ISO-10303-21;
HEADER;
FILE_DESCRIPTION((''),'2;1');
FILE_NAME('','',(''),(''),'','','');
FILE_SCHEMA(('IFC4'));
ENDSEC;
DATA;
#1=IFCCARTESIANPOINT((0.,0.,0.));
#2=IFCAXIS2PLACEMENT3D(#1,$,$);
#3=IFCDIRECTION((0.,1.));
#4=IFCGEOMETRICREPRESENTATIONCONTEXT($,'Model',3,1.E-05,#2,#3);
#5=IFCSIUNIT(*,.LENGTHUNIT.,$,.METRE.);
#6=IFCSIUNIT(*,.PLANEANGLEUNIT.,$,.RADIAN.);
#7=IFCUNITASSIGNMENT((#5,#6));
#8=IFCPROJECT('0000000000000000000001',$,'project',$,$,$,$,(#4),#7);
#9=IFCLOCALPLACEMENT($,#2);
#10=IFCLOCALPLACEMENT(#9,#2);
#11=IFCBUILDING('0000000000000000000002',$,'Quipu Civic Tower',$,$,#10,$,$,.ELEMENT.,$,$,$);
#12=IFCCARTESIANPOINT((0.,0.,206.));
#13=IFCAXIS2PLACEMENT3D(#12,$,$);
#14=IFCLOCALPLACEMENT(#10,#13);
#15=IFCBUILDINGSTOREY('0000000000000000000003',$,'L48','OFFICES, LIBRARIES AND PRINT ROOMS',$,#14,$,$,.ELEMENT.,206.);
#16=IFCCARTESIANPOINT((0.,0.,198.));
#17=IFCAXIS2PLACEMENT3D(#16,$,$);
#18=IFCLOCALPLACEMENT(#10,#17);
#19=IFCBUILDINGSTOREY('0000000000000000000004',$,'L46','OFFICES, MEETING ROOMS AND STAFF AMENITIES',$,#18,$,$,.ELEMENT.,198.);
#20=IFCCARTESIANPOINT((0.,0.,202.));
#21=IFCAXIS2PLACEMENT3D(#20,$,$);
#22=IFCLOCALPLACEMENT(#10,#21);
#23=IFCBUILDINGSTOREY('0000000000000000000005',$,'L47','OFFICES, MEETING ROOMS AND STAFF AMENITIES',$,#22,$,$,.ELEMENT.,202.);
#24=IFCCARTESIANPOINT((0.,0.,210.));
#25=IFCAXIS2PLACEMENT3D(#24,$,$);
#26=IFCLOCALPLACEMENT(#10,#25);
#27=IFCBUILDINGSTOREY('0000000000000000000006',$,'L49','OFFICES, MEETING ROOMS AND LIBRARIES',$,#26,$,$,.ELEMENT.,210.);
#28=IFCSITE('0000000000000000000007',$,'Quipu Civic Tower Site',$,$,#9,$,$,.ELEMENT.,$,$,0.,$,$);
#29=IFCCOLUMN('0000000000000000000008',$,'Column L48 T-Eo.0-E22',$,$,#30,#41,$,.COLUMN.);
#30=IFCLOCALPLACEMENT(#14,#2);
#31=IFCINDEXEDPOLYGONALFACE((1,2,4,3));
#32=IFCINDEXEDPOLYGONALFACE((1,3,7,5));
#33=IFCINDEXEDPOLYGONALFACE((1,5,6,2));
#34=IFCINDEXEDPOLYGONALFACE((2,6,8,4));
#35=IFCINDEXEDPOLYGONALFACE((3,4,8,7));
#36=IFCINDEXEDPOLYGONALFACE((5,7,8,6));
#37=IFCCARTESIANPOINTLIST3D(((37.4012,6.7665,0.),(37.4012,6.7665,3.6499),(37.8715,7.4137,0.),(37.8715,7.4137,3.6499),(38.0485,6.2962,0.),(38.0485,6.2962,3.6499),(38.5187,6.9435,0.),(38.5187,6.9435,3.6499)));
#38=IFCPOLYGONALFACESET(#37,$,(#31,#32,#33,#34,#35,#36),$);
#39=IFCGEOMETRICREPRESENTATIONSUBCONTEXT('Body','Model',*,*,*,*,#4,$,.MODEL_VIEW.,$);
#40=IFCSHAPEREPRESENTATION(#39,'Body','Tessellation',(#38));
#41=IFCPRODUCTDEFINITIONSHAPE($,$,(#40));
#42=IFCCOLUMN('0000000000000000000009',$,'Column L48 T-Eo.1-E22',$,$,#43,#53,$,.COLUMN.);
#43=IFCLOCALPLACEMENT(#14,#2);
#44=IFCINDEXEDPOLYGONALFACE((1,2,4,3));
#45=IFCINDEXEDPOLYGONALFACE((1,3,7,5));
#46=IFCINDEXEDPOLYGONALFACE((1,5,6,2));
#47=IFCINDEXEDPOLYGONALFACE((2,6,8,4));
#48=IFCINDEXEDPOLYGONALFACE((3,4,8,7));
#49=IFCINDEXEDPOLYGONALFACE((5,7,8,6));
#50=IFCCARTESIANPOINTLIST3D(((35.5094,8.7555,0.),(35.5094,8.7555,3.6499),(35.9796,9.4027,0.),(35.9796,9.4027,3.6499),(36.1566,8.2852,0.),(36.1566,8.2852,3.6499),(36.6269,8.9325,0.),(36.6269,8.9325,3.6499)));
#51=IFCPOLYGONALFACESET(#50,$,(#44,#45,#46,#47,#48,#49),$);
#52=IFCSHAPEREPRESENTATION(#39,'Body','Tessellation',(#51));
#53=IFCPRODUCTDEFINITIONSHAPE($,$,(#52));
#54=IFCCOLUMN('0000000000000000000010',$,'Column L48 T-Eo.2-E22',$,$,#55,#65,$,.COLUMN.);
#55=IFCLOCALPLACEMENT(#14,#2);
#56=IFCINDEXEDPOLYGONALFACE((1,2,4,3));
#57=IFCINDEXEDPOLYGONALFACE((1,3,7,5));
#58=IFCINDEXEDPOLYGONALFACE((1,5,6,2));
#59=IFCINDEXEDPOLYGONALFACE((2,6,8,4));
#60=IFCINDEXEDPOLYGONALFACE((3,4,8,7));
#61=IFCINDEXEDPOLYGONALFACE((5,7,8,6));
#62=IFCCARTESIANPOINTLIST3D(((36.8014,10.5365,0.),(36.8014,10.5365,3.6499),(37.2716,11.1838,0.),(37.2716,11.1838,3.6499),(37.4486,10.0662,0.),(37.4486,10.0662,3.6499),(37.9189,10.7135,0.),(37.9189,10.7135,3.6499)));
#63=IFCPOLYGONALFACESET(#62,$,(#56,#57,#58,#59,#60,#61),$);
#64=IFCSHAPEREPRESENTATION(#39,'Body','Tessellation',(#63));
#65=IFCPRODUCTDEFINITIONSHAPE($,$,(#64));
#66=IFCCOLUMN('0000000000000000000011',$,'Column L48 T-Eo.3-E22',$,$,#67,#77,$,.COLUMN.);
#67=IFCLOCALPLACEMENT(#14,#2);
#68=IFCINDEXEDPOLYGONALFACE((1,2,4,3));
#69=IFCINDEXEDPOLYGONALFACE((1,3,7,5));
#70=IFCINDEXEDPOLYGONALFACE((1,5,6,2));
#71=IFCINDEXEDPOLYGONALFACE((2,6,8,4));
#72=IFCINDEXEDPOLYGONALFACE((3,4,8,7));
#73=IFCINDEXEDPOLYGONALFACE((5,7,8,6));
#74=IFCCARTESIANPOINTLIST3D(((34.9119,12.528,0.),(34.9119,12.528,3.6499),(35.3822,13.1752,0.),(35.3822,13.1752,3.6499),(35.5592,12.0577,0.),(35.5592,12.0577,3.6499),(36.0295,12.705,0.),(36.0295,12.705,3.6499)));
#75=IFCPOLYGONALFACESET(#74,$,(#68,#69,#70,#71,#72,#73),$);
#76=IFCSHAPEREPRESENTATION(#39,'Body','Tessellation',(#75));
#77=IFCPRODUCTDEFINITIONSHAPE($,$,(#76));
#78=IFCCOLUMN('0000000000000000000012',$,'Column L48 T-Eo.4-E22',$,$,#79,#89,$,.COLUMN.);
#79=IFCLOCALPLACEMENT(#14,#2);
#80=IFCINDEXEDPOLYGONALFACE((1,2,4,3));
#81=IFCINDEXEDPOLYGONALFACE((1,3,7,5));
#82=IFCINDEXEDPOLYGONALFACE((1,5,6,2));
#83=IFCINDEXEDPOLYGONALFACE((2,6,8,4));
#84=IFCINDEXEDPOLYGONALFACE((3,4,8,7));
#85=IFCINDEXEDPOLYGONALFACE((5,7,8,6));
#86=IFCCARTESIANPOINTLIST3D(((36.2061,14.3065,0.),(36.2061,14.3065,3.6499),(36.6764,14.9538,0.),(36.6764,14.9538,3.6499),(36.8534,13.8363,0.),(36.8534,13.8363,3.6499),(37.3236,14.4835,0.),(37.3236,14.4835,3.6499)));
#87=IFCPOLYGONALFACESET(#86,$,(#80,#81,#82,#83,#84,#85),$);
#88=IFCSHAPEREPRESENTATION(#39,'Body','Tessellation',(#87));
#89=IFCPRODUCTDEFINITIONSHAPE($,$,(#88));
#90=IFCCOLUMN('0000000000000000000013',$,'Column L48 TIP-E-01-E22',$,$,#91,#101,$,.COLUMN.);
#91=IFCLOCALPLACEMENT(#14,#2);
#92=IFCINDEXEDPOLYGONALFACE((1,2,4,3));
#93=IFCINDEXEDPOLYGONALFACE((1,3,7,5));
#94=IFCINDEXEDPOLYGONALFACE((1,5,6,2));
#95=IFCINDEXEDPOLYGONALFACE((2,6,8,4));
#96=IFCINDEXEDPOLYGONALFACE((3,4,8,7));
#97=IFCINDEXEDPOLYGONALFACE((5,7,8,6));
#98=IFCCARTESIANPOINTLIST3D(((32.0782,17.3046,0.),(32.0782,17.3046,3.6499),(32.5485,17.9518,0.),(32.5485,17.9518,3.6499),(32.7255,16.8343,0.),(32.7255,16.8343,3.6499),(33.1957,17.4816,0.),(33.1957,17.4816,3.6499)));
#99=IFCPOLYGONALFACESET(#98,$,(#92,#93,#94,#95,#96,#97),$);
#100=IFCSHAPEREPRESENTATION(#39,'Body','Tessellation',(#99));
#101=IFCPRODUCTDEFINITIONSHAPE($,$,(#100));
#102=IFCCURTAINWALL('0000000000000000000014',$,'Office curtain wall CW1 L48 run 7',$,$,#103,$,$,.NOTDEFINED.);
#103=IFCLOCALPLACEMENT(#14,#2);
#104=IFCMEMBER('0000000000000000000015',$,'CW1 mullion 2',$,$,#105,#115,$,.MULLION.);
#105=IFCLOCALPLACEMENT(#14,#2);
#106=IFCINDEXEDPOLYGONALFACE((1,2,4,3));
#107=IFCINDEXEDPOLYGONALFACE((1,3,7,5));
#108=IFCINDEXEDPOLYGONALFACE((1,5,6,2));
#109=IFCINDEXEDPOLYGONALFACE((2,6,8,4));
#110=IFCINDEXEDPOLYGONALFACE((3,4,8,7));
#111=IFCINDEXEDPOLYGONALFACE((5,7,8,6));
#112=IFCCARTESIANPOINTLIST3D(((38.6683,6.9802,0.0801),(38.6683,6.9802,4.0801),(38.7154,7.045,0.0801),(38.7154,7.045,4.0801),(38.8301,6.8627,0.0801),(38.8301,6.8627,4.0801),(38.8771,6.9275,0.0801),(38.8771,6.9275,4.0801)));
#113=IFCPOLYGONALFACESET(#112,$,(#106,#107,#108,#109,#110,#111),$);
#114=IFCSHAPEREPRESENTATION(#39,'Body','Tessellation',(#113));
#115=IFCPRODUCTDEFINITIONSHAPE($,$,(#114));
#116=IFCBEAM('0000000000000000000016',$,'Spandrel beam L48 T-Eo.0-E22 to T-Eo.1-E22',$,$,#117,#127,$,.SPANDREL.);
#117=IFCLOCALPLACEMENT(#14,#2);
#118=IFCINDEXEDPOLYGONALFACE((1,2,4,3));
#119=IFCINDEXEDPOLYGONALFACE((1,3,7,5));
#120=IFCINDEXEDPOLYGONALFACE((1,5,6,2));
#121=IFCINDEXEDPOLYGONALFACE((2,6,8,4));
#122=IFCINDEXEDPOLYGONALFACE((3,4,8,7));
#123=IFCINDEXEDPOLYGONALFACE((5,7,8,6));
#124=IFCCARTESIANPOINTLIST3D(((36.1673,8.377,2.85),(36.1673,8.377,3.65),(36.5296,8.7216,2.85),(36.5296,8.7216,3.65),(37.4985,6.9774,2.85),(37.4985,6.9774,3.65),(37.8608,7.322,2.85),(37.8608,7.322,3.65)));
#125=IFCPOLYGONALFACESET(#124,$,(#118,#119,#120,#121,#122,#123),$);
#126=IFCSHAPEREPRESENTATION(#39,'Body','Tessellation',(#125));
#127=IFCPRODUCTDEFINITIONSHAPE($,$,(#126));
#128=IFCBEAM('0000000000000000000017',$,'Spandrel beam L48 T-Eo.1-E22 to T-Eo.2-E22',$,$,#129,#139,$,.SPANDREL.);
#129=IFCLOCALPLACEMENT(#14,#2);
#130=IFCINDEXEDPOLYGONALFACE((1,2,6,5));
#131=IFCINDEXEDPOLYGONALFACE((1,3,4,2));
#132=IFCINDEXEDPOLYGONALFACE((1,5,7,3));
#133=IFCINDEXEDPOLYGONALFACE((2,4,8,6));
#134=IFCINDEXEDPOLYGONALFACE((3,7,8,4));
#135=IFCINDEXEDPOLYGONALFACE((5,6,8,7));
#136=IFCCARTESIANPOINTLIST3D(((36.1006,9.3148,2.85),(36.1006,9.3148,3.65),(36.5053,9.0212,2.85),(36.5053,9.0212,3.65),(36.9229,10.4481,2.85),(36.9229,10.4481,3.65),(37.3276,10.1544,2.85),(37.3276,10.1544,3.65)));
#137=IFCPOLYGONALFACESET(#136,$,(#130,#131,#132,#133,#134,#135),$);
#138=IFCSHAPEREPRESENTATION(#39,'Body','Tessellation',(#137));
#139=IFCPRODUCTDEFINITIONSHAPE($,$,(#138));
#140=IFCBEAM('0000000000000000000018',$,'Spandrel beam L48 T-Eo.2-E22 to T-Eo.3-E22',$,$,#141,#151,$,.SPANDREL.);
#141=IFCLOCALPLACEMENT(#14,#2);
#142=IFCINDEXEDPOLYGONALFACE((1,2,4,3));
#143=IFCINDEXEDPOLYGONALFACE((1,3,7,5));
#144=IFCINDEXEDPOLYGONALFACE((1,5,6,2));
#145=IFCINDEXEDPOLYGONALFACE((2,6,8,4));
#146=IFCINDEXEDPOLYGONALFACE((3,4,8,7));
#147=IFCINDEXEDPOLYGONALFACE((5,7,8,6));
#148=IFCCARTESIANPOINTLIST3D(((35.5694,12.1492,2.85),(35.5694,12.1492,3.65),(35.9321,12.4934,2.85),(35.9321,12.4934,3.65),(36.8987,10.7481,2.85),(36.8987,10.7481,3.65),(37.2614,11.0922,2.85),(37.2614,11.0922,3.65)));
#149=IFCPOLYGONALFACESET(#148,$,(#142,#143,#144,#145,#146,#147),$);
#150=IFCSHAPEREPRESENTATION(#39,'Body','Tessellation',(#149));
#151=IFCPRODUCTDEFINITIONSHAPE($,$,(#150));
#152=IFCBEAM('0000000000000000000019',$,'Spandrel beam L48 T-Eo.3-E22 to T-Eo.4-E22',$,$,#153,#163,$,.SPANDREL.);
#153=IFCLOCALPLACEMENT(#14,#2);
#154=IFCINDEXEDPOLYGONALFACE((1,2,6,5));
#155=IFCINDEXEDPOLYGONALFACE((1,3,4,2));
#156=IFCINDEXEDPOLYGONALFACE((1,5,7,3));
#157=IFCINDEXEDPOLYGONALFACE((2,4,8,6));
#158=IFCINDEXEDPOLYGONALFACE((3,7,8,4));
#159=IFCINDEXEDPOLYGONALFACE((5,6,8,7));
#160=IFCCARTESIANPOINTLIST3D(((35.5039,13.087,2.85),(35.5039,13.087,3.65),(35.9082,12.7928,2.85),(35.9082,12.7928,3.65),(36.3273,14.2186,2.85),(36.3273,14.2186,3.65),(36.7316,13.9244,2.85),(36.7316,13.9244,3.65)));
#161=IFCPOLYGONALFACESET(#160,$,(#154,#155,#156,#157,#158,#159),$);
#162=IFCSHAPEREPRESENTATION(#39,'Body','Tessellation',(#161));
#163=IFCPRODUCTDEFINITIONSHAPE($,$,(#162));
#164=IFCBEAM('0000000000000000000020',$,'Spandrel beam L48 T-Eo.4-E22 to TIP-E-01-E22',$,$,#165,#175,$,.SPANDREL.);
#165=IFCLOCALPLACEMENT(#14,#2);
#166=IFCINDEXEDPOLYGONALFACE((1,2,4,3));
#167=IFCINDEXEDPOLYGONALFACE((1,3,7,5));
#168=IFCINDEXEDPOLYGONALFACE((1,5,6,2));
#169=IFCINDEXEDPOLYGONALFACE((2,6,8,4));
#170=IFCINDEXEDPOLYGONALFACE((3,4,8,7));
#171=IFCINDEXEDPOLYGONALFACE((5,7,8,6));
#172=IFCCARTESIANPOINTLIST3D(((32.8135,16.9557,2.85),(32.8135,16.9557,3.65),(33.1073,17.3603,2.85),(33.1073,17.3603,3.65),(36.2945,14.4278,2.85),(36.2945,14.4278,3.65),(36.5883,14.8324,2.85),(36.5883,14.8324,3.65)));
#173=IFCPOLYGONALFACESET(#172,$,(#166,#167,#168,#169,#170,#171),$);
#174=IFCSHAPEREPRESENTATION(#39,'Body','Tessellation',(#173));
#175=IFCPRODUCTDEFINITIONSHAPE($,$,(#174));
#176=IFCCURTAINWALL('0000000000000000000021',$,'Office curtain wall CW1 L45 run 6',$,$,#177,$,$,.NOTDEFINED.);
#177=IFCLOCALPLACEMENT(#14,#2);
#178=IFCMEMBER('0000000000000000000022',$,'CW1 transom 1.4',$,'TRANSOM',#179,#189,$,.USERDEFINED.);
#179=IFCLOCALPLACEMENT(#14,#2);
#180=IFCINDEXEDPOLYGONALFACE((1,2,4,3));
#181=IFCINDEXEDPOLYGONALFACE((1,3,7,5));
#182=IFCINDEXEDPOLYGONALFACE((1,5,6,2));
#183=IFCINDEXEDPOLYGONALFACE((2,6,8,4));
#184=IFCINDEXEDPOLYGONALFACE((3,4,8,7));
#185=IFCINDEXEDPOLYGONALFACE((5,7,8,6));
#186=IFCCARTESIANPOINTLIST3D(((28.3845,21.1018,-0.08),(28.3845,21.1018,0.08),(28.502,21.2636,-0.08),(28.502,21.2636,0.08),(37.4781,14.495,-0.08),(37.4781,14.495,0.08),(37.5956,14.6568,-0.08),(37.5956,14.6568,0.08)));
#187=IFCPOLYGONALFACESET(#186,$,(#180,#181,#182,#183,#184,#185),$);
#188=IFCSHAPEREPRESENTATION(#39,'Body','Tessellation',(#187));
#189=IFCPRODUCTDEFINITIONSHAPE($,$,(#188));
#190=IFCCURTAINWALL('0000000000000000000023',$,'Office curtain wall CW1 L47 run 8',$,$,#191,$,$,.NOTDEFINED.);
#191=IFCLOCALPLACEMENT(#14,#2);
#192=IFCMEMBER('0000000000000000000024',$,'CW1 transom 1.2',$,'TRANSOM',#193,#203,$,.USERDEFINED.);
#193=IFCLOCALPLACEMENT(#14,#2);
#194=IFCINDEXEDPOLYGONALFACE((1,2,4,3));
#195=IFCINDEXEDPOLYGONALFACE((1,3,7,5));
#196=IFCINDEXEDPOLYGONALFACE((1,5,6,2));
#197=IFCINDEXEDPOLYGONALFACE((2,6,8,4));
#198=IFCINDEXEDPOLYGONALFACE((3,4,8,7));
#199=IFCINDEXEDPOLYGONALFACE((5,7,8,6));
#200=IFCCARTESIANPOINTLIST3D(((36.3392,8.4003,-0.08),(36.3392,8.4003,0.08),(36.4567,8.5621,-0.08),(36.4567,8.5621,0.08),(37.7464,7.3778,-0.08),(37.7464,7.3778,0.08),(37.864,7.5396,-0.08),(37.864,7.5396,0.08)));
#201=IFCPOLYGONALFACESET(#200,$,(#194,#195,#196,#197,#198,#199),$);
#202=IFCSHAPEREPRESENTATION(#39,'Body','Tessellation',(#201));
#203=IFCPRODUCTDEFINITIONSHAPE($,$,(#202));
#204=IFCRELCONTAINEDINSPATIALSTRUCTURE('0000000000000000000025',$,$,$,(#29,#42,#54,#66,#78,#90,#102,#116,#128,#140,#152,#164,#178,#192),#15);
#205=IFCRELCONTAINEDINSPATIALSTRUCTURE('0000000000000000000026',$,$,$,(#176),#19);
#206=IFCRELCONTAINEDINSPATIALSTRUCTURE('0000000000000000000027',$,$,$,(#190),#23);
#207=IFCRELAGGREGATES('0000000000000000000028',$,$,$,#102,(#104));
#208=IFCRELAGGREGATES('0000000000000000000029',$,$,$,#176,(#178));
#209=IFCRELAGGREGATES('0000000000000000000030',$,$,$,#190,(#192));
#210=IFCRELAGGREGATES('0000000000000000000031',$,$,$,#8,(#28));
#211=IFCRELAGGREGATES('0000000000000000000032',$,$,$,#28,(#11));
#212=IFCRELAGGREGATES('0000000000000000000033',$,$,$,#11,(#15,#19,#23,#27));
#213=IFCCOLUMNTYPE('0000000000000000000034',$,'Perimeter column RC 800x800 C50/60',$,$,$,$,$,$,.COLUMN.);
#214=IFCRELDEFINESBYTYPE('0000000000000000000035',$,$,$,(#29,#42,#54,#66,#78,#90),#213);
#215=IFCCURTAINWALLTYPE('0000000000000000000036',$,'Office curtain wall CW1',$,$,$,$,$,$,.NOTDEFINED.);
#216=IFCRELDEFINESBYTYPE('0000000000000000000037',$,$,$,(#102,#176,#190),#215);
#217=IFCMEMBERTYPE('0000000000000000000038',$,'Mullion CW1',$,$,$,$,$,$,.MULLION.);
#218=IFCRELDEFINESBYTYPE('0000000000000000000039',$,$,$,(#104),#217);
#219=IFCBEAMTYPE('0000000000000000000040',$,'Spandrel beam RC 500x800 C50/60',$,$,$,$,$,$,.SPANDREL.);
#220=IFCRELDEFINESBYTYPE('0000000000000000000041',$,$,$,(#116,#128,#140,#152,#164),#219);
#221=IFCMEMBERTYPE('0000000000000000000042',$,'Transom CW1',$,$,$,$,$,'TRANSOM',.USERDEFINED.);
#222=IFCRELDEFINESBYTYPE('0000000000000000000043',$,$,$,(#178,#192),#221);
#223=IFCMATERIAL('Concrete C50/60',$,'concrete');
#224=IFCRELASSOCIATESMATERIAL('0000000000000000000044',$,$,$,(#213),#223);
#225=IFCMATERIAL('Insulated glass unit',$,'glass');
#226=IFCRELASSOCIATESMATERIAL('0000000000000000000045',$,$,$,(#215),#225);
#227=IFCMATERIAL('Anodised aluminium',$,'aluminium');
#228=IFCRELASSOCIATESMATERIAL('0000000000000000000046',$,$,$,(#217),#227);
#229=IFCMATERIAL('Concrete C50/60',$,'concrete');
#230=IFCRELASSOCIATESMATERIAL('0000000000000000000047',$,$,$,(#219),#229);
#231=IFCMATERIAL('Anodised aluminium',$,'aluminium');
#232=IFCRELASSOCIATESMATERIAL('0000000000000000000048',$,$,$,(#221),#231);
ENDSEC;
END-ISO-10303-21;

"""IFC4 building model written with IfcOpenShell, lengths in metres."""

from ifc_helpers import new_model, si_unit, direction, frame, origin, origin_2d, place, context, subcontext, project, spatial, rectangle, extrude, material, material_profile, profile_set, type_object, element, aggregate, save


model = new_model("IFC4")

# Units and contexts
model_context = context("Model", 3, precision=1e-05, world=origin(), true_north=direction((0.0, 1.0)))
body_context = subcontext(model_context, "Body", "Model", "MODEL_VIEW")
ifc_project = project(units=[si_unit("LENGTHUNIT", "METRE"), si_unit("PLANEANGLEUNIT", "RADIAN")], contexts=[model_context])

# Site, building, storey
site_placement = place(None, origin())
site = spatial("IfcSite", under=ifc_project, at=site_placement, Name="Quipu Civic Tower Site", CompositionType="ELEMENT", RefElevation=0.0)
building_placement = place(site_placement, origin())
building = spatial("IfcBuilding", under=site, at=building_placement, Name="Quipu Civic Tower", CompositionType="ELEMENT")
storey_1_placement = place(building_placement, frame((0.0, 0.0, 206.0)))
storey_1 = spatial("IfcBuildingStorey", under=building, at=storey_1_placement, Name="L48", Description="OFFICES, LIBRARIES AND PRINT ROOMS", CompositionType="ELEMENT", Elevation=206.0)

# Columns
ifc_material_1 = material(Name="Concrete C50/60", Category="concrete")
ifc_material_profile_1 = material_profile(ifc_material_1, rectangle(XDim=0.8, YDim=0.8, at=origin_2d()), Name="RC800x800")
ifc_profile_set_1 = profile_set([ifc_material_profile_1], Name="Concrete C50/60")
column_type = type_object("IfcColumnType", Name="Perimeter column RC 800x800 C50/60", PredefinedType="COLUMN", material=ifc_profile_set_1)
for number, where, z_axis, x_axis, name in (
    (1, (37.96, 6.855, 0.0), (0.0, 0.0, 1.0), (0.587785, 0.809017, 0.0), "Column L48 T-Eo.0-E22"),
    (2, (36.0681, 8.844, 0.0), (0.0, 0.0, 1.0), (0.587785, 0.809017, 0.0), "Column L48 T-Eo.1-E22"),
    (3, (37.3601, 10.625, 0.0), (0.0, 0.0, 1.0), (0.587785, 0.809017, 0.0), "Column L48 T-Eo.2-E22"),
    (4, (35.4707, 12.6165, 0.0), (0.0, 0.0, 1.0), (-0.809017, 0.587785, 0.0), "Column L48 T-Eo.3-E22"),
    (5, (36.7649, 14.395, 0.0), (0.0, 0.0, 1.0), (-0.809017, 0.587785, 0.0), "Column L48 T-Eo.4-E22"),
    (6, (32.637, 17.3931, 0.0), (0.0, 0.0, 1.0), (-0.809017, 0.587785, 0.0), "Column L48 TIP-E-01-E22"),
):
    element("IfcColumn", number, at=place(storey_1_placement, frame(where, z_axis=z_axis, x_axis=x_axis)), inside=storey_1, type_object=column_type, Name=name, PredefinedType="COLUMN", context=body_context, shape_type="SweptSolid", body=[
        extrude(rectangle(XDim=0.8, YDim=0.8, at=origin_2d()), origin(), (0.0, 0.0, 1.0), 3.6499),
    ])

# Curtain wall, member
ifc_material_2 = material(Name="Insulated glass unit", Category="glass")
curtain_wall_type = type_object("IfcCurtainWallType", Name="Office curtain wall CW1", PredefinedType="NOTDEFINED", material=ifc_material_2)
curtain_wall_1_placement = place(storey_1_placement, origin())
curtain_wall_1 = element("IfcCurtainWall", 7, at=curtain_wall_1_placement, inside=storey_1, type_object=curtain_wall_type, Name="Office curtain wall CW1 L48 run 7", PredefinedType="NOTDEFINED")
ifc_material_3 = material(Name="Anodised aluminium", Category="aluminium")
ifc_material_profile_2 = material_profile(ifc_material_3, rectangle(XDim=0.2, YDim=0.0801, at=origin_2d()), Name="RECT 200x80")
ifc_profile_set_2 = profile_set([ifc_material_profile_2], Name="Anodised aluminium")
member_type_1 = type_object("IfcMemberType", Name="Mullion CW1", PredefinedType="MULLION", material=ifc_profile_set_2)
member_1_placement = place(storey_1_placement, frame((38.7727, 6.9539, 0.0801), z_axis=(0.0, 0.0, 1.0), x_axis=(-0.809011, 0.587794, 0.0)))
member_1 = element("IfcMember", 8, at=member_1_placement, type_object=member_type_1, Name="CW1 mullion 2", PredefinedType="MULLION", context=body_context, shape_type="SweptSolid", body=[
    extrude(rectangle(XDim=0.2, YDim=0.0801, at=origin_2d()), origin(), (0.0, 0.0, 1.0), 4.0),
])
aggregate(curtain_wall_1, [member_1])

# Beams
ifc_material_4 = material(Name="Concrete C50/60", Category="concrete")
ifc_material_profile_3 = material_profile(ifc_material_4, rectangle(XDim=0.5, YDim=0.8, at=origin_2d()), Name="RC500x800")
ifc_profile_set_3 = profile_set([ifc_material_profile_3], Name="Concrete C50/60")
beam_type = type_object("IfcBeamType", Name="Spandrel beam RC 500x800 C50/60", PredefinedType="SPANDREL", material=ifc_profile_set_3)
beam_1_placement = place(storey_1_placement, frame((37.6797, 7.1497, 3.25), z_axis=(-0.689191, 0.72458, 0.0), x_axis=(-0.72458, -0.689191, 0.0)))
element("IfcBeam", 9, at=beam_1_placement, inside=storey_1, type_object=beam_type, Name="Spandrel beam L48 T-Eo.0-E22 to T-Eo.1-E22", PredefinedType="SPANDREL", context=body_context, shape_type="SweptSolid", body=[
    extrude(rectangle(XDim=0.5, YDim=0.8, at=origin_2d()), origin(), (0.0, 0.0, 1.0), 1.9316),
])
beam_2_placement = place(storey_1_placement, frame((36.303, 9.168, 3.25), z_axis=(0.587259, 0.809399, 0.0), x_axis=(-0.809399, 0.587259, 0.0)))
element("IfcBeam", 10, at=beam_2_placement, inside=storey_1, type_object=beam_type, Name="Spandrel beam L48 T-Eo.1-E22 to T-Eo.2-E22", PredefinedType="SPANDREL", context=body_context, shape_type="SweptSolid", body=[
    extrude(rectangle(XDim=0.5, YDim=0.8, at=origin_2d()), origin(), (0.0, 0.0, 1.0), 1.4001),
])
beam_3_placement = place(storey_1_placement, frame((37.0801, 10.9202, 3.25), z_axis=(-0.688281, 0.725444, 0.0), x_axis=(-0.725444, -0.688281, 0.0)))
element("IfcBeam", 11, at=beam_3_placement, inside=storey_1, type_object=beam_type, Name="Spandrel beam L48 T-Eo.2-E22 to T-Eo.3-E22", PredefinedType="SPANDREL", context=body_context, shape_type="SweptSolid", body=[
    extrude(rectangle(XDim=0.5, YDim=0.8, at=origin_2d()), origin(), (0.0, 0.0, 1.0), 1.9314),
])
beam_4_placement = place(storey_1_placement, frame((35.7061, 12.9399, 3.25), z_axis=(0.58841, 0.808563, 0.0), x_axis=(-0.808563, 0.58841, 0.0)))
element("IfcBeam", 12, at=beam_4_placement, inside=storey_1, type_object=beam_type, Name="Spandrel beam L48 T-Eo.3-E22 to T-Eo.4-E22", PredefinedType="SPANDREL", context=body_context, shape_type="SweptSolid", body=[
    extrude(rectangle(XDim=0.5, YDim=0.8, at=origin_2d()), origin(), (0.0, 0.0, 1.0), 1.3994),
])
beam_5_placement = place(storey_1_placement, frame((36.4414, 14.6301, 3.25), z_axis=(-0.809153, 0.587598, 0.0), x_axis=(-0.587598, -0.809153, 0.0)))
element("IfcBeam", 13, at=beam_5_placement, inside=storey_1, type_object=beam_type, Name="Spandrel beam L48 T-Eo.4-E22 to TIP-E-01-E22", PredefinedType="SPANDREL", context=body_context, shape_type="SweptSolid", body=[
    extrude(rectangle(XDim=0.5, YDim=0.8, at=origin_2d()), origin(), (0.0, 0.0, 1.0), 4.302),
])

# Shared definitions
storey_2_placement = place(building_placement, frame((0.0, 0.0, 198.0)))
storey_2 = spatial("IfcBuildingStorey", under=building, at=storey_2_placement, Name="L46", Description="OFFICES, MEETING ROOMS AND STAFF AMENITIES", CompositionType="ELEMENT", Elevation=198.0)

# Curtain wall, member
curtain_wall_2_placement = place(storey_2_placement, origin())
curtain_wall_2 = element("IfcCurtainWall", 14, at=curtain_wall_2_placement, inside=storey_2, type_object=curtain_wall_type, Name="Office curtain wall CW1 L45 run 6", PredefinedType="NOTDEFINED")
ifc_material_5 = material(Name="Anodised aluminium", Category="aluminium")
ifc_material_profile_4 = material_profile(ifc_material_5, rectangle(XDim=0.2, YDim=0.1599, at=origin_2d()), Name="RECT 200x160")
ifc_profile_set_4 = profile_set([ifc_material_profile_4], Name="Anodised aluminium")
member_type_2 = type_object("IfcMemberType", Name="Transom CW1", ElementType="TRANSOM", PredefinedType="USERDEFINED", material=ifc_profile_set_4)
member_2_placement = place(storey_1_placement, frame((37.5369, 14.5759, 0.0), z_axis=(-0.809022, 0.587778, 0.0), x_axis=(-0.587778, -0.809022, 0.0)))
member_2 = element("IfcMember", 15, at=member_2_placement, inside=storey_1, type_object=member_type_2, Name="CW1 transom 1.4", ObjectType="TRANSOM", PredefinedType="USERDEFINED", context=body_context, shape_type="SweptSolid", body=[
    extrude(rectangle(XDim=0.2, YDim=0.1599, at=origin_2d()), origin(), (0.0, 0.0, 1.0), 11.2402),
])
aggregate(curtain_wall_2, [member_2])

# Shared definitions
storey_3_placement = place(building_placement, frame((0.0, 0.0, 202.0)))
storey_3 = spatial("IfcBuildingStorey", under=building, at=storey_3_placement, Name="L47", Description="OFFICES, MEETING ROOMS AND STAFF AMENITIES", CompositionType="ELEMENT", Elevation=202.0)

# Curtain wall, member
curtain_wall_3_placement = place(storey_3_placement, origin())
curtain_wall_3 = element("IfcCurtainWall", 16, at=curtain_wall_3_placement, inside=storey_3, type_object=curtain_wall_type, Name="Office curtain wall CW1 L47 run 8", PredefinedType="NOTDEFINED")
member_3_placement = place(storey_1_placement, frame((36.3979, 8.4812, 0.0), z_axis=(0.809003, -0.587804, 0.0), x_axis=(0.587804, 0.809003, 0.0)))
member_3 = element("IfcMember", 17, at=member_3_placement, inside=storey_1, type_object=member_type_2, Name="CW1 transom 1.2", ObjectType="TRANSOM", PredefinedType="USERDEFINED", context=body_context, shape_type="SweptSolid", body=[
    extrude(rectangle(XDim=0.2, YDim=0.1599, at=origin_2d()), origin(), (0.0, 0.0, 1.0), 1.7395),
])
aggregate(curtain_wall_3, [member_3])

# Shared definitions
storey_4_placement = place(building_placement, frame((0.0, 0.0, 210.0)))
storey_4 = spatial("IfcBuildingStorey", under=building, at=storey_4_placement, Name="L49", Description="OFFICES, MEETING ROOMS AND LIBRARIES", CompositionType="ELEMENT", Elevation=210.0)

save(model, "model.ifc")
